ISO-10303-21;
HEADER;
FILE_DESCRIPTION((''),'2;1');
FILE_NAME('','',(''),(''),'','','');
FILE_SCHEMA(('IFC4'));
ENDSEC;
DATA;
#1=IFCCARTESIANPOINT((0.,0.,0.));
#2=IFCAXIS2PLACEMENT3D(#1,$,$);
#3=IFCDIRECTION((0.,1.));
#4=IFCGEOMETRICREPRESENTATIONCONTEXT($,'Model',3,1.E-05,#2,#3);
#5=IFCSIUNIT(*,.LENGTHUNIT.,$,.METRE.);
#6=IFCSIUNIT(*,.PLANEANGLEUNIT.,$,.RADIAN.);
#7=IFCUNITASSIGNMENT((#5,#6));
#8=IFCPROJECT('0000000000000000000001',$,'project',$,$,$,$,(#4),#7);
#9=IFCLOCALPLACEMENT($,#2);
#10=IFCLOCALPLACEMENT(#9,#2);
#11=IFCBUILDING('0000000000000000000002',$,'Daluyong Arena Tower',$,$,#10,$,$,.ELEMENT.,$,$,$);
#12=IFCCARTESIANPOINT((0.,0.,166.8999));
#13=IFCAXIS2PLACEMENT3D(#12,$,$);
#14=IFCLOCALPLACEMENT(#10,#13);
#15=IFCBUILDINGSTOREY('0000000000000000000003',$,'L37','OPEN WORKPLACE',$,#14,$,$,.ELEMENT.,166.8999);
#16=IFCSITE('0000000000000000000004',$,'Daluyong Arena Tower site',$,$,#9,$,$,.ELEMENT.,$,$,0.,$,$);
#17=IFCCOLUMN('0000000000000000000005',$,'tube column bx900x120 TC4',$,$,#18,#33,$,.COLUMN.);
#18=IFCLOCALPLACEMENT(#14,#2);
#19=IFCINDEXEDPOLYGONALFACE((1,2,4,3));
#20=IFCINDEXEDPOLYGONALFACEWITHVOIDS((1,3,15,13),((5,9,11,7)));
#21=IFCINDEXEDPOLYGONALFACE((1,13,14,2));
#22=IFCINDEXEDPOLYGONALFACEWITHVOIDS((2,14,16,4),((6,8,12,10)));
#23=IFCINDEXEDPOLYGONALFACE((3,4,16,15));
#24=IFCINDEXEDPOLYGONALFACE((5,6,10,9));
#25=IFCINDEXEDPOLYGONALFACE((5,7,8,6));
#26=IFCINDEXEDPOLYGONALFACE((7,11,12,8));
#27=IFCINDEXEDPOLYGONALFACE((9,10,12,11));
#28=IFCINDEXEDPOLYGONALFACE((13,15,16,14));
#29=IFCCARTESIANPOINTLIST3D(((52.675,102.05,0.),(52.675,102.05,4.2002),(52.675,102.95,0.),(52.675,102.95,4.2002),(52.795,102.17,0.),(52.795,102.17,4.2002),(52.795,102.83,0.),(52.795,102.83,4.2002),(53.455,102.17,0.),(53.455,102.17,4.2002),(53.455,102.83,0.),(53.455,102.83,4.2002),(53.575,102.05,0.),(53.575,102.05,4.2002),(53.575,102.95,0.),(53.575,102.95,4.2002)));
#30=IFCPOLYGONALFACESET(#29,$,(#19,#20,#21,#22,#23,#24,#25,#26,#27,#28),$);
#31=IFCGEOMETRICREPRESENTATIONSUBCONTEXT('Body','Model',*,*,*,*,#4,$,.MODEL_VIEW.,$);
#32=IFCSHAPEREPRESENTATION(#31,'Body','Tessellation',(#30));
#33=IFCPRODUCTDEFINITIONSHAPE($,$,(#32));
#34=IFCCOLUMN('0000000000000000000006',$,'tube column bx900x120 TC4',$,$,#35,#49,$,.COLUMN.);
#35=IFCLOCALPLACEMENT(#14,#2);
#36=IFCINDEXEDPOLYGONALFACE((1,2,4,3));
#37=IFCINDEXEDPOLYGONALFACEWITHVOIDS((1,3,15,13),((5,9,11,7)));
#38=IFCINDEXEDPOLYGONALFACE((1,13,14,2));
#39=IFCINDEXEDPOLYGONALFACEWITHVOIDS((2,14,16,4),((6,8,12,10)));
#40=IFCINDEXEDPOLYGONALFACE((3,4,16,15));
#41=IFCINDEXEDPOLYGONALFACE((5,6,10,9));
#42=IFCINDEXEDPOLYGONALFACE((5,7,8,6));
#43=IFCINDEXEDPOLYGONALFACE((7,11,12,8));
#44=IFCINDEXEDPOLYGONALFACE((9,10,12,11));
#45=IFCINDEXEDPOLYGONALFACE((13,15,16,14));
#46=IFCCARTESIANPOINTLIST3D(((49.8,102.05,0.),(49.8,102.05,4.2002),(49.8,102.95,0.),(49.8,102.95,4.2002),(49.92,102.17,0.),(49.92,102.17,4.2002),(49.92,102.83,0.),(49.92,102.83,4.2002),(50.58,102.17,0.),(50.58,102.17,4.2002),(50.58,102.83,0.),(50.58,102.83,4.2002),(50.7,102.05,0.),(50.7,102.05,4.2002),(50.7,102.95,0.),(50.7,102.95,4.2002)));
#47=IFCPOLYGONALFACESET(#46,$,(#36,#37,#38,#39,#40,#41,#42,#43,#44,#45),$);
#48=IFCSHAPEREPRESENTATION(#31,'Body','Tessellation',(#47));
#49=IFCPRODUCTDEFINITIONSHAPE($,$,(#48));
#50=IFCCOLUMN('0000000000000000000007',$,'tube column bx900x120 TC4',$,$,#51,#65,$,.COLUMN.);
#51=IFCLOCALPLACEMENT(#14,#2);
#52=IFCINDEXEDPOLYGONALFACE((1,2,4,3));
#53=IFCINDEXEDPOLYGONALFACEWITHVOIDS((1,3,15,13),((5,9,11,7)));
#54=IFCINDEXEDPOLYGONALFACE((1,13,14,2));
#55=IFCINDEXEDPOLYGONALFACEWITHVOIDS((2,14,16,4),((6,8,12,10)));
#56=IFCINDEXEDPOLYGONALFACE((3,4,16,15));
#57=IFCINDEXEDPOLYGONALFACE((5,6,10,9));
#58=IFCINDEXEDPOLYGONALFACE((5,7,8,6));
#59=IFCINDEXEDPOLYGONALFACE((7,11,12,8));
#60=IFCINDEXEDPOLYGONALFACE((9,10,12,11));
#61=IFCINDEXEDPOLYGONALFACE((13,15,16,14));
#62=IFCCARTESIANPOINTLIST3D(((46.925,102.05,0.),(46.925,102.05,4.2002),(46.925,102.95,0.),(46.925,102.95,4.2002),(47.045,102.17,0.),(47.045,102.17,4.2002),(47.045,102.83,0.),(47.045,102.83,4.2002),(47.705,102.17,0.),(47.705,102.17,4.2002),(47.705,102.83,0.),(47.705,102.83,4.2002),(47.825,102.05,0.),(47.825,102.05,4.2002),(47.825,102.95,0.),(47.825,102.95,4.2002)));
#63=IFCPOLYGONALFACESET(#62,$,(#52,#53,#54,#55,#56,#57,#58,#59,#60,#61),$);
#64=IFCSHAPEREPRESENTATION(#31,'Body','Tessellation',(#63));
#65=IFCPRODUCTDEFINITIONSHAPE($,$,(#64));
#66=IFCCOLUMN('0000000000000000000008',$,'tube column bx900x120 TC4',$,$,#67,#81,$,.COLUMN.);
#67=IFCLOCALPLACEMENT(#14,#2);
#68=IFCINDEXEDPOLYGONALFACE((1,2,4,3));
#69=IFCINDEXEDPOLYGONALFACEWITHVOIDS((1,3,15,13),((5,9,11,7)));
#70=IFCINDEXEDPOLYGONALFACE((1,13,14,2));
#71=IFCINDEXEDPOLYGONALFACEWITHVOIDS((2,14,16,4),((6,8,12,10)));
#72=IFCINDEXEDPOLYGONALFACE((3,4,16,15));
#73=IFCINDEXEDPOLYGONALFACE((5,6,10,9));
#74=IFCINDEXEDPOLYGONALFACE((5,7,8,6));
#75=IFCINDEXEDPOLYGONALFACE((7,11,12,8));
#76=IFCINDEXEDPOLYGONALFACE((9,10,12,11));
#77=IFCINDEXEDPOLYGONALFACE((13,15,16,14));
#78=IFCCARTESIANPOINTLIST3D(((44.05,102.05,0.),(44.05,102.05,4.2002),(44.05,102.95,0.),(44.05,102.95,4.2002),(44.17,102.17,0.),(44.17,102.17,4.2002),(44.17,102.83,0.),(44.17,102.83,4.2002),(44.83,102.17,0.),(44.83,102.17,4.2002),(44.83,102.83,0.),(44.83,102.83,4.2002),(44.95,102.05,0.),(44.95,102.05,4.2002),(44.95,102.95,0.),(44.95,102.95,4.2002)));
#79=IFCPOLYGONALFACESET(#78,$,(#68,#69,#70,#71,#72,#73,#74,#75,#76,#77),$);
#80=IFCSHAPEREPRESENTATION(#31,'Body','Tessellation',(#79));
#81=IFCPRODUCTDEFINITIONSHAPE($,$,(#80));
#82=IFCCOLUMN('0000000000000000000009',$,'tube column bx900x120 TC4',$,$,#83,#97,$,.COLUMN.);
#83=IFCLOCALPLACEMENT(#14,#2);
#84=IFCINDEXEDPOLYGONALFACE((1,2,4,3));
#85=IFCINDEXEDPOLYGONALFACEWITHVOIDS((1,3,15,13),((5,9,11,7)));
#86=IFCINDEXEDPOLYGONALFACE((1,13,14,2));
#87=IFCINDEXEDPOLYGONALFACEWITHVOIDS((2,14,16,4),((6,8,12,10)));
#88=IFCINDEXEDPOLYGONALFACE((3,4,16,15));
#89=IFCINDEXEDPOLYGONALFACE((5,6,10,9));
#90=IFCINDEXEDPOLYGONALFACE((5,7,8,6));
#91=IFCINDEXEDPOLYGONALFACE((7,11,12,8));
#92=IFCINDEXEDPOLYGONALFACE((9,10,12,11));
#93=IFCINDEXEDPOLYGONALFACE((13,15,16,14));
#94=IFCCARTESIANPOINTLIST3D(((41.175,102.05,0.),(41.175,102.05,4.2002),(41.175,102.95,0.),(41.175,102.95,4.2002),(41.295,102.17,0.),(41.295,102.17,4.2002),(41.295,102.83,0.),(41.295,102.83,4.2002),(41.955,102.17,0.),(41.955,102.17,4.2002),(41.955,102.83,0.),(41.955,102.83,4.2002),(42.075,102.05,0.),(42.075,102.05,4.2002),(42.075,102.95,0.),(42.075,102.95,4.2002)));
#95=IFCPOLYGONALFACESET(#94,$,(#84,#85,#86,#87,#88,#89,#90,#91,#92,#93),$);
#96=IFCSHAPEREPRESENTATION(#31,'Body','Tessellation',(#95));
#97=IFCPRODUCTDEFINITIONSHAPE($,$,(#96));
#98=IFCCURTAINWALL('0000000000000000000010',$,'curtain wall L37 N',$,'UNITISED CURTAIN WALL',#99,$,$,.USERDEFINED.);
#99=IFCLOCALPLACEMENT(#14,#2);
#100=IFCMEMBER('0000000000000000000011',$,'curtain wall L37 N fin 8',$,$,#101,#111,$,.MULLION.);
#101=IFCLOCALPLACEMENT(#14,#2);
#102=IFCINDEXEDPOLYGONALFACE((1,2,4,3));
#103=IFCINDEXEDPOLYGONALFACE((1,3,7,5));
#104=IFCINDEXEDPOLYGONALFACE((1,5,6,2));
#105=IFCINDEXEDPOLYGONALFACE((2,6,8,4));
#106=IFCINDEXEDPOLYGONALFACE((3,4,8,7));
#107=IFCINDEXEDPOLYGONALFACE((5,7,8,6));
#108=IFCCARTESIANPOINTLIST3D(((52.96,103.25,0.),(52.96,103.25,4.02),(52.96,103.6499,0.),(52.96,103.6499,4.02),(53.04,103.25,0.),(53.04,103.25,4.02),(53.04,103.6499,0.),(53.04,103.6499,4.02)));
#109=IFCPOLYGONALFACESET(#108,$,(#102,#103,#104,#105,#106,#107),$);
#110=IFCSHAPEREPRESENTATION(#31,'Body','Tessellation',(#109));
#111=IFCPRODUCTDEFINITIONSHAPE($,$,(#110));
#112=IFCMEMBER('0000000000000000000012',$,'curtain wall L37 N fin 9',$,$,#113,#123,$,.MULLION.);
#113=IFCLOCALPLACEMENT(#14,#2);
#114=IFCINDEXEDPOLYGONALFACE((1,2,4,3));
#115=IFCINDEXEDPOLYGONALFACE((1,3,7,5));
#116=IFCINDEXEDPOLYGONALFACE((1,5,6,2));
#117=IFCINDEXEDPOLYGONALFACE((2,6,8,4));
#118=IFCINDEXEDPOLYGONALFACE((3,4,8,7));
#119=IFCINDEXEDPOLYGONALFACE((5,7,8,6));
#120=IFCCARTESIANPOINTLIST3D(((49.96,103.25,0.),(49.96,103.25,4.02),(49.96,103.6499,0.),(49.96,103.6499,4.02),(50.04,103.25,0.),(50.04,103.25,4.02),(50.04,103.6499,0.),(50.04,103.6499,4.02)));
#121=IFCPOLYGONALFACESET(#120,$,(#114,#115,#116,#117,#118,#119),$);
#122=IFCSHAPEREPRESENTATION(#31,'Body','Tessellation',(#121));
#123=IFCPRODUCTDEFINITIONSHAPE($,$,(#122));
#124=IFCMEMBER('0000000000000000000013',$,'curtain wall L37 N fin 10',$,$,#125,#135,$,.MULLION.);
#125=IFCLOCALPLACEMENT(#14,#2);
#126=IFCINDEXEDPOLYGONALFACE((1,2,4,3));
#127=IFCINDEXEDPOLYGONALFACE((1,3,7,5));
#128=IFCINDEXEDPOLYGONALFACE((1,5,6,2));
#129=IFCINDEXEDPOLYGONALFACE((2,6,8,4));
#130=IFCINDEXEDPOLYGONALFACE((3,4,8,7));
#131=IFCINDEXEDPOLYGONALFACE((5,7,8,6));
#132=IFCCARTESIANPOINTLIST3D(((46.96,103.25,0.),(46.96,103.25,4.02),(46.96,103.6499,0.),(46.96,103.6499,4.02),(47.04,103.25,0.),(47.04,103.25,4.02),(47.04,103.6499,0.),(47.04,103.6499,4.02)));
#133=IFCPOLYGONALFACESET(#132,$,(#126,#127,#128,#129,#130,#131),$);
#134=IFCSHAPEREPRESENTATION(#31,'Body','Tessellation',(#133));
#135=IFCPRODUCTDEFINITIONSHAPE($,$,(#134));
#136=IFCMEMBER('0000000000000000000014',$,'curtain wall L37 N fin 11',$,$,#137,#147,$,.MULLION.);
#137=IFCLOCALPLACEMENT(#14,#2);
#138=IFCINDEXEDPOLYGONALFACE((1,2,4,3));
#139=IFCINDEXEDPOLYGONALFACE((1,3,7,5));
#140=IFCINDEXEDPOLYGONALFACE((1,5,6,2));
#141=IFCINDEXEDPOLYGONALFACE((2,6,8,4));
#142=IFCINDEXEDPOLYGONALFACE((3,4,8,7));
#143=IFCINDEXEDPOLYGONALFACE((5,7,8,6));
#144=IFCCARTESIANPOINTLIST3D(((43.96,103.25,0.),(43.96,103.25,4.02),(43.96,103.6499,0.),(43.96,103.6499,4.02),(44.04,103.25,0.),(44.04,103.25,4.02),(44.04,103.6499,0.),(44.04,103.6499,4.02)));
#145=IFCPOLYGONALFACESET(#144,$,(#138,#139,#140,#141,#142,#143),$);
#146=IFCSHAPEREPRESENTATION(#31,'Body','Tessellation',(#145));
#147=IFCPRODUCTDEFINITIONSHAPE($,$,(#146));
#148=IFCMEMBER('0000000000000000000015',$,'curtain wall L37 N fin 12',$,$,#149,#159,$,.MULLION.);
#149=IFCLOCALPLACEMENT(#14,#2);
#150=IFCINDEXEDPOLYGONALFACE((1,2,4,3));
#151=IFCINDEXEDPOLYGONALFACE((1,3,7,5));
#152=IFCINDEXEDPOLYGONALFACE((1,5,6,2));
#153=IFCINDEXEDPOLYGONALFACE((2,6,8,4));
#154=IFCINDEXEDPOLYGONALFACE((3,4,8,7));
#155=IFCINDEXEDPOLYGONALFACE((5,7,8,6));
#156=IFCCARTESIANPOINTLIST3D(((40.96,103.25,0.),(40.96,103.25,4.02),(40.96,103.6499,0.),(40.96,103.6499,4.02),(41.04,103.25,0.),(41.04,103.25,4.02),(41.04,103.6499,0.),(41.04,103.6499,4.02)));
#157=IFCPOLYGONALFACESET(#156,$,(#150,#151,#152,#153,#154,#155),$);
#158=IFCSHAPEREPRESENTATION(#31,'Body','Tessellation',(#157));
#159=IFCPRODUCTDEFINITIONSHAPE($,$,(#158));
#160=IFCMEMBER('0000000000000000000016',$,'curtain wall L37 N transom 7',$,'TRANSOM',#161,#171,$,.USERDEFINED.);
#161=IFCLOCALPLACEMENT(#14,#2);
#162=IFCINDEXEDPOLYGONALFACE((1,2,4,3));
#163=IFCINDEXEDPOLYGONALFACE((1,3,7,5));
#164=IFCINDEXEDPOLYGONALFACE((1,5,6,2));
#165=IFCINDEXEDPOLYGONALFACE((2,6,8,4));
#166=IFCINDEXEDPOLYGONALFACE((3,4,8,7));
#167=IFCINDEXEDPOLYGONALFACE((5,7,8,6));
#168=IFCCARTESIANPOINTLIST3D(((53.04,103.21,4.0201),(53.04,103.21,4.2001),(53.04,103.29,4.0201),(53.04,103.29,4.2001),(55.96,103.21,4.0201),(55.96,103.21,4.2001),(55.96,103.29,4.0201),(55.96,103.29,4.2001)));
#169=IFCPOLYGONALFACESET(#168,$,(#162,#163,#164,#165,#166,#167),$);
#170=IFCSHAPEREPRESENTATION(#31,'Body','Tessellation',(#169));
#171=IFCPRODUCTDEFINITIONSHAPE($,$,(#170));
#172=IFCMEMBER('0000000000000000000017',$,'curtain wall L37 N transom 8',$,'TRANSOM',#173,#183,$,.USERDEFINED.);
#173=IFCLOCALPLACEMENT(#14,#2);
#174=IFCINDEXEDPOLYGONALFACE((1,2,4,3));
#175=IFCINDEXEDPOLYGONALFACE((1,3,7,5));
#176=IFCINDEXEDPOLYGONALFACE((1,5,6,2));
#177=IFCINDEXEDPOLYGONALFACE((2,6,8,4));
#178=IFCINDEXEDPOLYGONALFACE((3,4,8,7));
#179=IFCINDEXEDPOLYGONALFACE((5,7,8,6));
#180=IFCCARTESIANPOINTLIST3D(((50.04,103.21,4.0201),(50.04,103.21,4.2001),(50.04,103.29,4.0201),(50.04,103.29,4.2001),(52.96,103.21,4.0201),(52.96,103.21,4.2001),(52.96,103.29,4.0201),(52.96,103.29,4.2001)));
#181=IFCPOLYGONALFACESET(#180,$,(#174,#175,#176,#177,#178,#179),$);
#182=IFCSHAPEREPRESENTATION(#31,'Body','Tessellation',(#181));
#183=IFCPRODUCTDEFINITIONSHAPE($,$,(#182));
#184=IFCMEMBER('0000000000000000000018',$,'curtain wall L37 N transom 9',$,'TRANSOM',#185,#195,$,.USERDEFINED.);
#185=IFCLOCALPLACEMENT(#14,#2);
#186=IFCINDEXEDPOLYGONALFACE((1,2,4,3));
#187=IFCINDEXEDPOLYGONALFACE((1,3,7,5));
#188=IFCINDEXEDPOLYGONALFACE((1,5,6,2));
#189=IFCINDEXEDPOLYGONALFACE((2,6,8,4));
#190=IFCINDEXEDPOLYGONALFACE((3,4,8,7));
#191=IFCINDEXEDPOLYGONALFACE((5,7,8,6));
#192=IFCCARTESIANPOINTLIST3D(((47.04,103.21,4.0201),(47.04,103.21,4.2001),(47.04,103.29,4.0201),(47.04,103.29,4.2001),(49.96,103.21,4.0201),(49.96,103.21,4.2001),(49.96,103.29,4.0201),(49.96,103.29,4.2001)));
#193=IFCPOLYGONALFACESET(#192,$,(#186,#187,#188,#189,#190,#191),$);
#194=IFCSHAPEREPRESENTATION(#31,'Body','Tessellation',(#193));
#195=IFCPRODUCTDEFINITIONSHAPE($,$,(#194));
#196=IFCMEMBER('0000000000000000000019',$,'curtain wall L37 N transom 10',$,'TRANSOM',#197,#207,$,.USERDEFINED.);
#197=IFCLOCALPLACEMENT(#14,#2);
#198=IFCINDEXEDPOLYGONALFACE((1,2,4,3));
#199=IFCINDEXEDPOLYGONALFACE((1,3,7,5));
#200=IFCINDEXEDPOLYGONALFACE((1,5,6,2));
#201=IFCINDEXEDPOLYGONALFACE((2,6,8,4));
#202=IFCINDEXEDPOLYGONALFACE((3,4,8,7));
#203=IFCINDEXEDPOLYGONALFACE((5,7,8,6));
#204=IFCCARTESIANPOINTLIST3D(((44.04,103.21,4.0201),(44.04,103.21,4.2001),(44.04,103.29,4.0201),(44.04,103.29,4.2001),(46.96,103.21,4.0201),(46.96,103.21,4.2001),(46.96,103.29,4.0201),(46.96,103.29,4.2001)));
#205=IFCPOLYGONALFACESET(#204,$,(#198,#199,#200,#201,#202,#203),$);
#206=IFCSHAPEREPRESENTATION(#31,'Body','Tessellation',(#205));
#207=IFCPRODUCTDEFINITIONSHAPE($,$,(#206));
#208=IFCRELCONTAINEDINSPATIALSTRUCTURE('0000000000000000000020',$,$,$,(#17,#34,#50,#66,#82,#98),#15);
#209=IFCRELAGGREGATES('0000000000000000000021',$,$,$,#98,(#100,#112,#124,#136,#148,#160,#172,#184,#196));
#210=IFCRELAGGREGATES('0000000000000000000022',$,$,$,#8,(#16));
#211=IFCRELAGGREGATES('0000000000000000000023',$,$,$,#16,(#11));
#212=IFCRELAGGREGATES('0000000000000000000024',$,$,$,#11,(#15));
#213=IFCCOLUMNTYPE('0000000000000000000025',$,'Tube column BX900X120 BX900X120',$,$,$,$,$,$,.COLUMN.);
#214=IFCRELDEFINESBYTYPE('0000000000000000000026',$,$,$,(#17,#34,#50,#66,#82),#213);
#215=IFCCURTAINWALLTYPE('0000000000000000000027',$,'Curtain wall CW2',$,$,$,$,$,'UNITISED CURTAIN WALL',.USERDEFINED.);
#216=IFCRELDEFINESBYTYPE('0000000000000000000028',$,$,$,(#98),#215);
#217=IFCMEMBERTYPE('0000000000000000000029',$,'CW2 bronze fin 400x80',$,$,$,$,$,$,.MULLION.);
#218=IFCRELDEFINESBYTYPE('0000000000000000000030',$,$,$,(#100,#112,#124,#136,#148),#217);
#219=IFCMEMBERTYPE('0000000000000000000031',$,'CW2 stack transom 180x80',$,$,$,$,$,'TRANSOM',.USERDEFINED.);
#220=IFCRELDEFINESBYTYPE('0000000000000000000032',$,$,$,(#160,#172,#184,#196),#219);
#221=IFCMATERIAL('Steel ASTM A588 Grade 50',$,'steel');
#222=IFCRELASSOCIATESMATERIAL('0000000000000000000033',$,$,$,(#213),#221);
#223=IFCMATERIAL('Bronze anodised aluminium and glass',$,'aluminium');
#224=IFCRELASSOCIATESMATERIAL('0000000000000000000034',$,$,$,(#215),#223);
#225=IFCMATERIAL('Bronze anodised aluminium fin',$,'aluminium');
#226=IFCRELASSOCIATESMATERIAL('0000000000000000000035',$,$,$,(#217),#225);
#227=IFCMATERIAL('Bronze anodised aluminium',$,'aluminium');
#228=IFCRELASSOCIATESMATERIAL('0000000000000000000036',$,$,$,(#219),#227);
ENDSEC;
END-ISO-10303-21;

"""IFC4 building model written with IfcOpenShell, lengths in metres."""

from ifc_helpers import new_model, si_unit, direction, frame, origin, origin_2d, place, context, subcontext, project, spatial, rectangle, hollow_rectangle, extrude, material, material_profile, profile_set, type_object, element, aggregate, save


model = new_model("IFC4")

# Units and contexts
model_context = context("Model", 3, precision=1e-05, world=origin(), true_north=direction((0.0, 1.0)))
body_context = subcontext(model_context, "Body", "Model", "MODEL_VIEW")
ifc_project = project(units=[si_unit("LENGTHUNIT", "METRE"), si_unit("PLANEANGLEUNIT", "RADIAN")], contexts=[model_context])

# Site, building, storey
site_placement = place(None, origin())
site = spatial("IfcSite", under=ifc_project, at=site_placement, Name="Daluyong Arena Tower site", CompositionType="ELEMENT", RefElevation=0.0)
building_placement = place(site_placement, origin())
building = spatial("IfcBuilding", under=site, at=building_placement, Name="Daluyong Arena Tower", CompositionType="ELEMENT")
storey_placement = place(building_placement, frame((0.0, 0.0, 166.8999)))
storey = spatial("IfcBuildingStorey", under=building, at=storey_placement, Name="L37", Description="OPEN WORKPLACE", CompositionType="ELEMENT", Elevation=166.8999)

# Columns
ifc_material_1 = material(Name="Steel ASTM A588 Grade 50", Category="steel")
ifc_material_profile_1 = material_profile(ifc_material_1, hollow_rectangle(XDim=0.8999, YDim=0.8999, WallThickness=0.12, at=origin_2d()))
ifc_profile_set_1 = profile_set([ifc_material_profile_1], Name="Steel ASTM A588 Grade 50")
column_type = type_object("IfcColumnType", Name="Tube column BX900X120 BX900X120", PredefinedType="COLUMN", material=ifc_profile_set_1)
for number, where, z_axis, x_axis, name in (
    (1, (53.125, 102.5, 0.0), (0.0, 0.0, 1.0), (1.0, 0.0, 0.0), "tube column bx900x120 TC4"),
    (2, (50.25, 102.5, 0.0), (0.0, 0.0, 1.0), (1.0, 0.0, 0.0), "tube column bx900x120 TC4"),
    (3, (47.375, 102.5, 0.0), (0.0, 0.0, 1.0), (1.0, 0.0, 0.0), "tube column bx900x120 TC4"),
    (4, (44.5, 102.5, 0.0), (0.0, 0.0, 1.0), (1.0, 0.0, 0.0), "tube column bx900x120 TC4"),
    (5, (41.625, 102.5, 0.0), (0.0, 0.0, 1.0), (1.0, 0.0, 0.0), "tube column bx900x120 TC4"),
):
    element("IfcColumn", number, at=place(storey_placement, frame(where, z_axis=z_axis, x_axis=x_axis)), inside=storey, type_object=column_type, Name=name, PredefinedType="COLUMN", context=body_context, shape_type="SweptSolid", body=[
        extrude(hollow_rectangle(XDim=0.8999, YDim=0.8999, WallThickness=0.12, at=origin_2d()), origin(), (0.0, 0.0, 1.0), 4.2002),
    ])

# Curtain wall, members
ifc_material_2 = material(Name="Bronze anodised aluminium and glass", Category="aluminium")
curtain_wall_type = type_object("IfcCurtainWallType", Name="Curtain wall CW2", ElementType="UNITISED CURTAIN WALL", PredefinedType="USERDEFINED", material=ifc_material_2)
curtain_wall_placement = place(storey_placement, origin())
curtain_wall = element("IfcCurtainWall", 6, at=curtain_wall_placement, inside=storey, type_object=curtain_wall_type, Name="curtain wall L37 N", ObjectType="UNITISED CURTAIN WALL", PredefinedType="USERDEFINED")
ifc_material_3 = material(Name="Bronze anodised aluminium fin", Category="aluminium")
ifc_material_profile_2 = material_profile(ifc_material_3, rectangle(XDim=0.3999, YDim=0.0801, at=origin_2d()))
ifc_profile_set_2 = profile_set([ifc_material_profile_2], Name="Bronze anodised aluminium fin")
member_type_1 = type_object("IfcMemberType", Name="CW2 bronze fin 400x80", PredefinedType="MULLION", material=ifc_profile_set_2)
member_1_placement = place(storey_placement, frame((53.0, 103.45, 0.0), z_axis=(0.0, 0.0, 1.0), x_axis=(0.0, -1.0, 0.0)))
member_1 = element("IfcMember", 7, at=member_1_placement, type_object=member_type_1, Name="curtain wall L37 N fin 8", PredefinedType="MULLION", context=body_context, shape_type="SweptSolid", body=[
    extrude(rectangle(XDim=0.3999, YDim=0.0801, at=origin_2d()), origin(), (0.0, 0.0, 1.0), 4.02),
])
member_2_placement = place(storey_placement, frame((50.0, 103.45, 0.0), z_axis=(0.0, 0.0, 1.0), x_axis=(0.0, -1.0, 0.0)))
member_2 = element("IfcMember", 8, at=member_2_placement, type_object=member_type_1, Name="curtain wall L37 N fin 9", PredefinedType="MULLION", context=body_context, shape_type="SweptSolid", body=[
    extrude(rectangle(XDim=0.3999, YDim=0.0801, at=origin_2d()), origin(), (0.0, 0.0, 1.0), 4.02),
])
member_3_placement = place(storey_placement, frame((47.0, 103.45, 0.0), z_axis=(0.0, 0.0, 1.0), x_axis=(0.0, -1.0, 0.0)))
member_3 = element("IfcMember", 9, at=member_3_placement, type_object=member_type_1, Name="curtain wall L37 N fin 10", PredefinedType="MULLION", context=body_context, shape_type="SweptSolid", body=[
    extrude(rectangle(XDim=0.3999, YDim=0.0801, at=origin_2d()), origin(), (0.0, 0.0, 1.0), 4.02),
])
member_4_placement = place(storey_placement, frame((44.0, 103.45, 0.0), z_axis=(0.0, 0.0, 1.0), x_axis=(0.0, -1.0, 0.0)))
member_4 = element("IfcMember", 10, at=member_4_placement, type_object=member_type_1, Name="curtain wall L37 N fin 11", PredefinedType="MULLION", context=body_context, shape_type="SweptSolid", body=[
    extrude(rectangle(XDim=0.3999, YDim=0.0801, at=origin_2d()), origin(), (0.0, 0.0, 1.0), 4.02),
])
member_5_placement = place(storey_placement, frame((41.0, 103.45, 0.0), z_axis=(0.0, 0.0, 1.0), x_axis=(0.0, -1.0, 0.0)))
member_5 = element("IfcMember", 11, at=member_5_placement, type_object=member_type_1, Name="curtain wall L37 N fin 12", PredefinedType="MULLION", context=body_context, shape_type="SweptSolid", body=[
    extrude(rectangle(XDim=0.3999, YDim=0.0801, at=origin_2d()), origin(), (0.0, 0.0, 1.0), 4.02),
])
ifc_material_4 = material(Name="Bronze anodised aluminium", Category="aluminium")
ifc_material_profile_3 = material_profile(ifc_material_4, rectangle(XDim=0.0801, YDim=0.1799, at=origin_2d()))
ifc_profile_set_3 = profile_set([ifc_material_profile_3], Name="Bronze anodised aluminium")
member_type_2 = type_object("IfcMemberType", Name="CW2 stack transom 180x80", ElementType="TRANSOM", PredefinedType="USERDEFINED", material=ifc_profile_set_3)
member_6_placement = place(storey_placement, frame((55.96, 103.25, 4.1101), z_axis=(-1.0, 0.0, 0.0), x_axis=(0.0, -1.0, 0.0)))
member_6 = element("IfcMember", 12, at=member_6_placement, type_object=member_type_2, Name="curtain wall L37 N transom 7", ObjectType="TRANSOM", PredefinedType="USERDEFINED", context=body_context, shape_type="SweptSolid", body=[
    extrude(rectangle(XDim=0.0801, YDim=0.1799, at=origin_2d()), origin(), (0.0, 0.0, 1.0), 2.9199),
])
member_7_placement = place(storey_placement, frame((52.96, 103.25, 4.1101), z_axis=(-1.0, 0.0, 0.0), x_axis=(0.0, -1.0, 0.0)))
member_7 = element("IfcMember", 13, at=member_7_placement, type_object=member_type_2, Name="curtain wall L37 N transom 8", ObjectType="TRANSOM", PredefinedType="USERDEFINED", context=body_context, shape_type="SweptSolid", body=[
    extrude(rectangle(XDim=0.0801, YDim=0.1799, at=origin_2d()), origin(), (0.0, 0.0, 1.0), 2.9199),
])
member_8_placement = place(storey_placement, frame((49.96, 103.25, 4.1101), z_axis=(-1.0, 0.0, 0.0), x_axis=(0.0, -1.0, 0.0)))
member_8 = element("IfcMember", 14, at=member_8_placement, type_object=member_type_2, Name="curtain wall L37 N transom 9", ObjectType="TRANSOM", PredefinedType="USERDEFINED", context=body_context, shape_type="SweptSolid", body=[
    extrude(rectangle(XDim=0.0801, YDim=0.1799, at=origin_2d()), origin(), (0.0, 0.0, 1.0), 2.9199),
])
member_9_placement = place(storey_placement, frame((46.96, 103.25, 4.1101), z_axis=(-1.0, 0.0, 0.0), x_axis=(0.0, -1.0, 0.0)))
member_9 = element("IfcMember", 15, at=member_9_placement, type_object=member_type_2, Name="curtain wall L37 N transom 10", ObjectType="TRANSOM", PredefinedType="USERDEFINED", context=body_context, shape_type="SweptSolid", body=[
    extrude(rectangle(XDim=0.0801, YDim=0.1799, at=origin_2d()), origin(), (0.0, 0.0, 1.0), 2.9199),
])

aggregate(curtain_wall, [member_1, member_2, member_3, member_4, member_5, member_6, member_7, member_8, member_9])

save(model, "model.ifc")
